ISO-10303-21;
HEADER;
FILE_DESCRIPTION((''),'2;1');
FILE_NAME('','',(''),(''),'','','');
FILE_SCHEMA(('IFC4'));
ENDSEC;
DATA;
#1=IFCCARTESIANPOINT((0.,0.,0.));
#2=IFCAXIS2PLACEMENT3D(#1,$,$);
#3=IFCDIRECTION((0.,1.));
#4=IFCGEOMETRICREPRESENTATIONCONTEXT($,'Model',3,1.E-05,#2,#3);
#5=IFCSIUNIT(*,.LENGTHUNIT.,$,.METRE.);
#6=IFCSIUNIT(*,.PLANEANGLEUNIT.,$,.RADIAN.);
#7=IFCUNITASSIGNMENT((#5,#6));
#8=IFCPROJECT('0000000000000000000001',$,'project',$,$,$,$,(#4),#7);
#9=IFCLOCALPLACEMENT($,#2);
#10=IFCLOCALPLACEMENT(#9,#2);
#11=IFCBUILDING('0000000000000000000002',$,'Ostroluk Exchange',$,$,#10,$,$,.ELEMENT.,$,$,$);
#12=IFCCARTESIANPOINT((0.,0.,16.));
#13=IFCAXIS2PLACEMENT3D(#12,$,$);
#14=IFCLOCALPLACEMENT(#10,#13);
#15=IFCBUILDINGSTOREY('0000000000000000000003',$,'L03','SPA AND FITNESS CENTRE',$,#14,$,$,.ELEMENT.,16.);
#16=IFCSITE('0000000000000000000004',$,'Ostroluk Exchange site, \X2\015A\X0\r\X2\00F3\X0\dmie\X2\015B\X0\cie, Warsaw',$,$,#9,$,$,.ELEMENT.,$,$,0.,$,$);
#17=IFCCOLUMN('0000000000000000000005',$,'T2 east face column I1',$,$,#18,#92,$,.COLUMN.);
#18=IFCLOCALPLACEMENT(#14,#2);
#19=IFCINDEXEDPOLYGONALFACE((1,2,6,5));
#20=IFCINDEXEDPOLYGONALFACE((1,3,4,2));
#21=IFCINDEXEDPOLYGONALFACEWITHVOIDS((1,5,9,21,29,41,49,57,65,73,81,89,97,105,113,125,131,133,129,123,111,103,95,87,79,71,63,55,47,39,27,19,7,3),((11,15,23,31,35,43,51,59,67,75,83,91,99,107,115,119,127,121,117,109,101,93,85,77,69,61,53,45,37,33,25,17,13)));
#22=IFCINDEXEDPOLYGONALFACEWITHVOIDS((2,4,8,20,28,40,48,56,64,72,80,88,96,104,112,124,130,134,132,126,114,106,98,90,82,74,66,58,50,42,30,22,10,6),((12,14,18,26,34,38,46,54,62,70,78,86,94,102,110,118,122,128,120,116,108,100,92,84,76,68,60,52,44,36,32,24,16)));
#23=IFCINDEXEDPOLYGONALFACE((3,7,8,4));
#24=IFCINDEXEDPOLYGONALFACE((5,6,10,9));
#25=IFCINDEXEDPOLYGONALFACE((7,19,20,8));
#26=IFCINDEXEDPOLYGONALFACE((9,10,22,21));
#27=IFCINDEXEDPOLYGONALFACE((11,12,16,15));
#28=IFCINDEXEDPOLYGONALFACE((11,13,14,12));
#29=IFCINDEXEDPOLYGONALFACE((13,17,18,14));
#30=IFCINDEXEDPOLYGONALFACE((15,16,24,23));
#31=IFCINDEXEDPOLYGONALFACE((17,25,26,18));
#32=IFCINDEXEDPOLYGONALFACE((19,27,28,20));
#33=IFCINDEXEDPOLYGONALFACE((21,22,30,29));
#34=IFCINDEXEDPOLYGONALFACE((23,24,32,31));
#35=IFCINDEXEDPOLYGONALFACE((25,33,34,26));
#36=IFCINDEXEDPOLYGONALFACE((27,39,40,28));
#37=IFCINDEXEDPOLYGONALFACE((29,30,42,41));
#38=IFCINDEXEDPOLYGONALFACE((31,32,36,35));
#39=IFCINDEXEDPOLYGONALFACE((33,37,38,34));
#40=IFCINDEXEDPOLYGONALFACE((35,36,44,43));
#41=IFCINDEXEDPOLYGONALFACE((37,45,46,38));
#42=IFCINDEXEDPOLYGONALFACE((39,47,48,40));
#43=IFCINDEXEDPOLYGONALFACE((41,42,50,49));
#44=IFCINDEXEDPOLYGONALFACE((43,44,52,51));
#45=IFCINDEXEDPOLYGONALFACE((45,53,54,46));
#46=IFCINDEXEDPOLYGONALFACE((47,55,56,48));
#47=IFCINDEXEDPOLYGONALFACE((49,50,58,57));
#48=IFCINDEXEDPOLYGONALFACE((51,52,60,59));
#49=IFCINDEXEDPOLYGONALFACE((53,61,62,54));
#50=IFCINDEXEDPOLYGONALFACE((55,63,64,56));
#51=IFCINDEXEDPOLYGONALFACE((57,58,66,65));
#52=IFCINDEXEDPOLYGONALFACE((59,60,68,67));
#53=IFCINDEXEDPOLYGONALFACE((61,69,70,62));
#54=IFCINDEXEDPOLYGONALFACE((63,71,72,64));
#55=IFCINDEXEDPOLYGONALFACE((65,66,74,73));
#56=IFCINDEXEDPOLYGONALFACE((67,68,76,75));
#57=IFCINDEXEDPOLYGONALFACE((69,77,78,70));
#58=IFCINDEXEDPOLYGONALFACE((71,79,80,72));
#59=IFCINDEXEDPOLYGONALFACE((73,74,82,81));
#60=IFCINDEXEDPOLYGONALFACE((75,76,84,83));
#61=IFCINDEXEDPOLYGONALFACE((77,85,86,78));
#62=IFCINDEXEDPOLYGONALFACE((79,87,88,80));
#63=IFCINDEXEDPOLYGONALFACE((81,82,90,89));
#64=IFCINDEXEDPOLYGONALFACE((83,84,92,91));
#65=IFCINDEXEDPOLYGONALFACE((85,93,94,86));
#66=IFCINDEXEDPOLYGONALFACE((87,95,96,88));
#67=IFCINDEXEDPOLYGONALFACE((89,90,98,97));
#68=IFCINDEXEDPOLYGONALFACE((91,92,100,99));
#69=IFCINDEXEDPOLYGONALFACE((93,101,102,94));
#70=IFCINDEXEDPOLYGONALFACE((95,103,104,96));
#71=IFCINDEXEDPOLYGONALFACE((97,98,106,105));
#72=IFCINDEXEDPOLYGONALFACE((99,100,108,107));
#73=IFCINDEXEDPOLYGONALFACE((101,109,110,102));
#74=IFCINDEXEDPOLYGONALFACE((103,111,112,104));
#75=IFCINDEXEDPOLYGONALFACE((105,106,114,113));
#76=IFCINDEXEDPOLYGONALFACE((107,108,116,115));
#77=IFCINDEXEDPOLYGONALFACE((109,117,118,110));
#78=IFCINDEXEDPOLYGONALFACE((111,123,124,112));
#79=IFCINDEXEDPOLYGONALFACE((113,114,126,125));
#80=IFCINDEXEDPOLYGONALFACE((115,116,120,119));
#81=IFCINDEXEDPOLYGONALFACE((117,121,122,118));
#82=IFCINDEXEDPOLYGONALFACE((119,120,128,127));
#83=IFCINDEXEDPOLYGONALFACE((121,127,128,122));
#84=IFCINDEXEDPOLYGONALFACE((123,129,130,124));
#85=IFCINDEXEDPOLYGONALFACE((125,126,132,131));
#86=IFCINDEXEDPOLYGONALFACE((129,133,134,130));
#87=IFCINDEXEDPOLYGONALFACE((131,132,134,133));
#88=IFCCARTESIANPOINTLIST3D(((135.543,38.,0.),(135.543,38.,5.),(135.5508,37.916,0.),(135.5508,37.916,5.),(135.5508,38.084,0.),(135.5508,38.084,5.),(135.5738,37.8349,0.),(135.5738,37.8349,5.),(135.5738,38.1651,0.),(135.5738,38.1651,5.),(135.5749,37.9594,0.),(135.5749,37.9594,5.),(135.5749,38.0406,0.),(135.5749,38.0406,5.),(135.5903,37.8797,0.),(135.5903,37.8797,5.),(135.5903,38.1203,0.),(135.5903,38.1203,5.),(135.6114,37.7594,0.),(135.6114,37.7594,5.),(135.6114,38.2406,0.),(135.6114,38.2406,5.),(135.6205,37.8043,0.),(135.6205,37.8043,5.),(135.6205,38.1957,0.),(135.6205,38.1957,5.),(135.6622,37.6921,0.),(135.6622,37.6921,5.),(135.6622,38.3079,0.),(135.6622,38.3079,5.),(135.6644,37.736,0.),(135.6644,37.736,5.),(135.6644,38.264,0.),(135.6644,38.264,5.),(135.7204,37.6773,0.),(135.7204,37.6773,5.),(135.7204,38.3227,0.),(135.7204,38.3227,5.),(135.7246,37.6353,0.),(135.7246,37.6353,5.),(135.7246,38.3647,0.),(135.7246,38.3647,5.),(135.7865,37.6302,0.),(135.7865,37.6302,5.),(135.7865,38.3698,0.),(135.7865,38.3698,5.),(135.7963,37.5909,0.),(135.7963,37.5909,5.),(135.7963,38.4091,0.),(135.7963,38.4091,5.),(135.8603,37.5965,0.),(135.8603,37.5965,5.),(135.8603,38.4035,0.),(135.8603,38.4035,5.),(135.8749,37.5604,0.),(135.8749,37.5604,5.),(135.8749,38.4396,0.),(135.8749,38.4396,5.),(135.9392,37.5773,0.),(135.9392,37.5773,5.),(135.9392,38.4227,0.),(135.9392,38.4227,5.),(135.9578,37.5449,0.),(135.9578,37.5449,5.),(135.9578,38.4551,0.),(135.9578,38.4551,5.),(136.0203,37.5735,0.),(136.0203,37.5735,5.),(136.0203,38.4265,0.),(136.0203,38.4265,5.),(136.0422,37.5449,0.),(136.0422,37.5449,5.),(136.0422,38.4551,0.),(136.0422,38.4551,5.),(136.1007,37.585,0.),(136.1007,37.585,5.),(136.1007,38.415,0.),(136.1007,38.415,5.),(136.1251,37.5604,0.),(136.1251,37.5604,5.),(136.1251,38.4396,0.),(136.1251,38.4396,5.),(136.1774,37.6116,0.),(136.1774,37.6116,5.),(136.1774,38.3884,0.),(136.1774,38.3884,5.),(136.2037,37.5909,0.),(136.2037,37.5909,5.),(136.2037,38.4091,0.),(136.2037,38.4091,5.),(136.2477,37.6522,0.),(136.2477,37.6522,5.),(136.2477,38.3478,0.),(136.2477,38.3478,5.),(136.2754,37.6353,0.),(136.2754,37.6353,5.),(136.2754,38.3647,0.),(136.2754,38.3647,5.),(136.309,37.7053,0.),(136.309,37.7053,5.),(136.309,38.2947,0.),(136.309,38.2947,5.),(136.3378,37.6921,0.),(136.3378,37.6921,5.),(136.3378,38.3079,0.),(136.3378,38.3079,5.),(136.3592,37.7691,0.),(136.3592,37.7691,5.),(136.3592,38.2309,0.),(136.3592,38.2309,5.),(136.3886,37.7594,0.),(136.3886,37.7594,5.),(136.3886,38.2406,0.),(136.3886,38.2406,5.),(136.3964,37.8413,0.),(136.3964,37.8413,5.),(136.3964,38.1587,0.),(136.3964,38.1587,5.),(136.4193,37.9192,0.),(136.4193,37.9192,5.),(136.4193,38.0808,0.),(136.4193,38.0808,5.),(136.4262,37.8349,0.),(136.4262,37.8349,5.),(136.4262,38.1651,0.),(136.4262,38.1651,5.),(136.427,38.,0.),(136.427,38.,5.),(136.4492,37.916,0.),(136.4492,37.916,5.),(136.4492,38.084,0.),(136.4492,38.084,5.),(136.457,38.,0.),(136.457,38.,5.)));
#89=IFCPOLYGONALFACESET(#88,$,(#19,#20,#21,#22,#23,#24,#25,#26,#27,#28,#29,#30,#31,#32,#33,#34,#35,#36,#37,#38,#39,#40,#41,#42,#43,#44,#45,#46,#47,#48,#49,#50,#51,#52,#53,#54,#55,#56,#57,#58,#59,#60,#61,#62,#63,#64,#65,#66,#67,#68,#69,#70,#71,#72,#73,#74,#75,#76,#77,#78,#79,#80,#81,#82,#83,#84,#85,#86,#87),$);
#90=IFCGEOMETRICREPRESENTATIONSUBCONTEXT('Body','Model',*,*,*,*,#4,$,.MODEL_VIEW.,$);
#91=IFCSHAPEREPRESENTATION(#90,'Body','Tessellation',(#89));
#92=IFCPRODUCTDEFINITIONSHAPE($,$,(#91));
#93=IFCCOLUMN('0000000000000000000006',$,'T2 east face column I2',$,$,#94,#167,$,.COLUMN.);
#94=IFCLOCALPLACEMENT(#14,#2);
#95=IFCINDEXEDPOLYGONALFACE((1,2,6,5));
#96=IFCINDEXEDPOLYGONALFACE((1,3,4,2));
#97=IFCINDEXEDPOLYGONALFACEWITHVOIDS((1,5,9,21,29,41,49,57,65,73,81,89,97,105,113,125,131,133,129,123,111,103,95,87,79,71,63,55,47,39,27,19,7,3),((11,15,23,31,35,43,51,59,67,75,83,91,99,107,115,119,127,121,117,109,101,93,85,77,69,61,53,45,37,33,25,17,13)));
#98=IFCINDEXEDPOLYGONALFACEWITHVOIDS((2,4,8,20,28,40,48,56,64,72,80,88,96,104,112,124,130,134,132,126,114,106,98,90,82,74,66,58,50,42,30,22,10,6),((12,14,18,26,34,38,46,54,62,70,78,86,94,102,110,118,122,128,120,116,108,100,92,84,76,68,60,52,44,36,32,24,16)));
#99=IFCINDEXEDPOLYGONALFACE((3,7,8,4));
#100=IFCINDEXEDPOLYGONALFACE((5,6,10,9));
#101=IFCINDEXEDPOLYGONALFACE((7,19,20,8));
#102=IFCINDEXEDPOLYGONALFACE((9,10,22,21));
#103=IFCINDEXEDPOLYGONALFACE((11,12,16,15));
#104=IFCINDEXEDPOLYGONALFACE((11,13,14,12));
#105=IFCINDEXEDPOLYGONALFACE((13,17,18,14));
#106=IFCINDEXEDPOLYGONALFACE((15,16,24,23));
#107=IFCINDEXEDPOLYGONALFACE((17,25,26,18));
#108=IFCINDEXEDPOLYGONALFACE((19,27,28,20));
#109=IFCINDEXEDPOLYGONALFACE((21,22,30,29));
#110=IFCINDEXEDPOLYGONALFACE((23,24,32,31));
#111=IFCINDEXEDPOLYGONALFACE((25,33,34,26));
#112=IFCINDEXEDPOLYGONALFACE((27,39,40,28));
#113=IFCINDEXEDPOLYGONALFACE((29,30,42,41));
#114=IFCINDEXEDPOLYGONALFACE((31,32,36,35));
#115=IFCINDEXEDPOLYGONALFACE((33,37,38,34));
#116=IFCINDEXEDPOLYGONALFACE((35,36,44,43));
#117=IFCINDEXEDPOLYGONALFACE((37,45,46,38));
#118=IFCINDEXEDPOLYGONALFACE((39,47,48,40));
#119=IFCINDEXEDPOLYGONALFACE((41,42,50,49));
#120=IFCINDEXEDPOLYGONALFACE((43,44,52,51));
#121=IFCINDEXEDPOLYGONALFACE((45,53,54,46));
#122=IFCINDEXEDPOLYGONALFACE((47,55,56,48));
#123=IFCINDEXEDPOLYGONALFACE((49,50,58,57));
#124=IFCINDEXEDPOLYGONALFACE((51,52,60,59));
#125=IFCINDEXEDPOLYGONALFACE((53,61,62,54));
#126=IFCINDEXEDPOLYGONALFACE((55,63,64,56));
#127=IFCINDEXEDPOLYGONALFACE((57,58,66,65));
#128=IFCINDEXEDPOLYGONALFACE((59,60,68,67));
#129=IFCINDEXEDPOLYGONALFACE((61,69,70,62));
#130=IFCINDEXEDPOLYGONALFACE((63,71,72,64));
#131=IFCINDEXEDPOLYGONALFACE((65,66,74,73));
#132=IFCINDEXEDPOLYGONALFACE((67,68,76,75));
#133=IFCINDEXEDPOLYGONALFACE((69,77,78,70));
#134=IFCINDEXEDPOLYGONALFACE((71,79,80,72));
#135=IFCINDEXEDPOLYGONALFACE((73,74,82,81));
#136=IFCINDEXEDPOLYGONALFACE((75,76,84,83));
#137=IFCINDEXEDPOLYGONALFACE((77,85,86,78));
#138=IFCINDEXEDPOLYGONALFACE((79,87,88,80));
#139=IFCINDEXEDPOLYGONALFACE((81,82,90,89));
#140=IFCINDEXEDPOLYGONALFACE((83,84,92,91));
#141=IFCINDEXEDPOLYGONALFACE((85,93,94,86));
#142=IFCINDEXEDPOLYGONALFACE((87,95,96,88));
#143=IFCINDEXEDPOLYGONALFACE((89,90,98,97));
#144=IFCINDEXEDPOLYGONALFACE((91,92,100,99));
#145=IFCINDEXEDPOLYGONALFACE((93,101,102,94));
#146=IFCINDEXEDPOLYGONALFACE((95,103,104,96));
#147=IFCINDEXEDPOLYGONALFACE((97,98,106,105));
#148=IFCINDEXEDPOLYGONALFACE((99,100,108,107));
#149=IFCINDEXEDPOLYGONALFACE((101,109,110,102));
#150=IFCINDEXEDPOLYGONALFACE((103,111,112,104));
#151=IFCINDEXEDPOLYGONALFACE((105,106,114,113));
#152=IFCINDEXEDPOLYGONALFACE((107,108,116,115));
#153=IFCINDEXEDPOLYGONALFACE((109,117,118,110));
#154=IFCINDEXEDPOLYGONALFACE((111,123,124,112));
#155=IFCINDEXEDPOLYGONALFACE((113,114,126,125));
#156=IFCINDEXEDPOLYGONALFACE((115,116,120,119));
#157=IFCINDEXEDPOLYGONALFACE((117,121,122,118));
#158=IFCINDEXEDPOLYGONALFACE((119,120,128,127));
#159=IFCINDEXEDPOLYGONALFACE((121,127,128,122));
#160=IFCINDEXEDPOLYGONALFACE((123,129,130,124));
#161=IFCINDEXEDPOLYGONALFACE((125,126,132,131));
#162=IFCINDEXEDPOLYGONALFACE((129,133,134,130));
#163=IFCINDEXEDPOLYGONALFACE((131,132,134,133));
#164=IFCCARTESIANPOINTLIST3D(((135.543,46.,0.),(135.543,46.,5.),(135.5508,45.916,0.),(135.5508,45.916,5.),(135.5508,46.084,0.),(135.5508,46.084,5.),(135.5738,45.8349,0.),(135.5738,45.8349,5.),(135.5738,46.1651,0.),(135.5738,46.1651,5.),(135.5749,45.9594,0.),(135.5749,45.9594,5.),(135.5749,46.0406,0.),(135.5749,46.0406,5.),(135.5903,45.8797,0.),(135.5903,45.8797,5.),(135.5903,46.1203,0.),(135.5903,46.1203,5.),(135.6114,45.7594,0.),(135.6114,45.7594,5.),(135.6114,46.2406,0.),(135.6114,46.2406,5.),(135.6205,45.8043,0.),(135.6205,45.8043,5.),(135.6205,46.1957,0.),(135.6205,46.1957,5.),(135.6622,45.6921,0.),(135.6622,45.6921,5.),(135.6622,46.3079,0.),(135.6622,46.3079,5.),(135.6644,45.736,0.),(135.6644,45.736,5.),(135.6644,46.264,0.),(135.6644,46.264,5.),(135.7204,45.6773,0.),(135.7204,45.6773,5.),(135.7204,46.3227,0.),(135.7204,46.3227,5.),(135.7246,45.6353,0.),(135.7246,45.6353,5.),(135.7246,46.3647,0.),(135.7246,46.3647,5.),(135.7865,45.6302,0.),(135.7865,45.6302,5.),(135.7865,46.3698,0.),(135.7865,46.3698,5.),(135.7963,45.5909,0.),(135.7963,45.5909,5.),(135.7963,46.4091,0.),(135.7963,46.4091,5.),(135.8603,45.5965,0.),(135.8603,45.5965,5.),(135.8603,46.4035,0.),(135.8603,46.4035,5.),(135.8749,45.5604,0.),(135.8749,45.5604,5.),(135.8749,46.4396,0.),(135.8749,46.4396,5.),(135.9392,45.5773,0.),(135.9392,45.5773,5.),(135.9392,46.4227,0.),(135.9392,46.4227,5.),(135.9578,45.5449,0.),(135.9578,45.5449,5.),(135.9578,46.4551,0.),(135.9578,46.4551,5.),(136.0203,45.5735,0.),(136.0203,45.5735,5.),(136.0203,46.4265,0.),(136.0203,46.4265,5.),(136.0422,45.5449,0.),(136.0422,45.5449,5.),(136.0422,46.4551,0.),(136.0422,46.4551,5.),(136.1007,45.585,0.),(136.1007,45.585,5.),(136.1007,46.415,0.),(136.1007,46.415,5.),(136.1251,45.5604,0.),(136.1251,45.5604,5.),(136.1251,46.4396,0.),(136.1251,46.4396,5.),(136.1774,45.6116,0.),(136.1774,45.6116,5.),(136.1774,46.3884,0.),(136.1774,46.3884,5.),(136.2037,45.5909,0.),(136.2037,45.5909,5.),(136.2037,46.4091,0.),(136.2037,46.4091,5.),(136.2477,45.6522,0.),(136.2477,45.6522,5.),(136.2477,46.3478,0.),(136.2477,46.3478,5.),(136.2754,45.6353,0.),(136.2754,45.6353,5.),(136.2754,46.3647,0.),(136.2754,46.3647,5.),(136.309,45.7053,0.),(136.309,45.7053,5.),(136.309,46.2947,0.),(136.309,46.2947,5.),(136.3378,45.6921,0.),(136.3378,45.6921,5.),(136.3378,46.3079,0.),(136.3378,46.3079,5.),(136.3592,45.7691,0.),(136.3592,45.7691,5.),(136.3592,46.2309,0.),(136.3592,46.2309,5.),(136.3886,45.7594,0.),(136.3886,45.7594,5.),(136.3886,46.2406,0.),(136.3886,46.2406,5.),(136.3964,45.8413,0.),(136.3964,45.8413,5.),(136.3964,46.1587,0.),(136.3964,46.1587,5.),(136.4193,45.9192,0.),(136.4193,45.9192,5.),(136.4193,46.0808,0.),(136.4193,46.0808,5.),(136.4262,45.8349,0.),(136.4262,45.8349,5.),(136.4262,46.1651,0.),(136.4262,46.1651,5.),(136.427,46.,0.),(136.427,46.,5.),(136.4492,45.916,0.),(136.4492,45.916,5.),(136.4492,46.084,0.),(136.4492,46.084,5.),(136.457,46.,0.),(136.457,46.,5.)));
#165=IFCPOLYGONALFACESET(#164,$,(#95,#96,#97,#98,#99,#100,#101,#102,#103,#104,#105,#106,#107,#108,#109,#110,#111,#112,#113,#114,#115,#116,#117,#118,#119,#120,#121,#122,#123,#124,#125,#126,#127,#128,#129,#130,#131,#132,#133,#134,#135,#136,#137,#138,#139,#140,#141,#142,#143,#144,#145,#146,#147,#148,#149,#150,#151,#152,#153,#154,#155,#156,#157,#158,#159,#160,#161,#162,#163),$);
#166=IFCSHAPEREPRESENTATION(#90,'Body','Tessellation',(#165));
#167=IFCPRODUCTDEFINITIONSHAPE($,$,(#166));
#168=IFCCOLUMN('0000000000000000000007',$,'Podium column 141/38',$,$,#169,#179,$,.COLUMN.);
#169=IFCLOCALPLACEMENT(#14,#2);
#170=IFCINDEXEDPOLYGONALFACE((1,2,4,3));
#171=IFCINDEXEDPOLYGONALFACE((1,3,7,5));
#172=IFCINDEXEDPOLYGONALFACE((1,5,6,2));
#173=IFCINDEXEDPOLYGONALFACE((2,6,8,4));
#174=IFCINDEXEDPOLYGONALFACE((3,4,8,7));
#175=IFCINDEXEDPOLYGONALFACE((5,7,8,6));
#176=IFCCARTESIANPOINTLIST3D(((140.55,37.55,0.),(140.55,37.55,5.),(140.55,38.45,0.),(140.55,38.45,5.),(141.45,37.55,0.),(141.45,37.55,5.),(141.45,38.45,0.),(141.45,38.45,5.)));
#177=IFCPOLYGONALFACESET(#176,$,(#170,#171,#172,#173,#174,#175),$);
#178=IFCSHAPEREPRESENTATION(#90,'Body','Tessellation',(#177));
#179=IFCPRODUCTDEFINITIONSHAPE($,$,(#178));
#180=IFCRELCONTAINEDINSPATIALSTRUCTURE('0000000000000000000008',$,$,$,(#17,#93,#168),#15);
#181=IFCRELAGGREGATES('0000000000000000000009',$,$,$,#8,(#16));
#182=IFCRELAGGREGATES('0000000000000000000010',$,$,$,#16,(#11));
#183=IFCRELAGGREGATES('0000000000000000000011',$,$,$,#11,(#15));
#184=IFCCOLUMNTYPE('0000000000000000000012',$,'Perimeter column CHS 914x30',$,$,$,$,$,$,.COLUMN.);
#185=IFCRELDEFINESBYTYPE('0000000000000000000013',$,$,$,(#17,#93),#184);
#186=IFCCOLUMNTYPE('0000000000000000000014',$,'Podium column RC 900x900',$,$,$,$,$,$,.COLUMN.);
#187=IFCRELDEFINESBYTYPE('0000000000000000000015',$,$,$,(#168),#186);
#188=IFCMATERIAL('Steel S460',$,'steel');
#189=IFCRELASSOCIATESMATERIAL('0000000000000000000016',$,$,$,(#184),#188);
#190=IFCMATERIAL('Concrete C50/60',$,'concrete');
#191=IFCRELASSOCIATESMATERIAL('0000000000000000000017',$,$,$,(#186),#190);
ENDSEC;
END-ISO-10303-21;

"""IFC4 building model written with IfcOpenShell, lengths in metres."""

from ifc_helpers import new_model, si_unit, direction, frame, origin, origin_2d, place, context, subcontext, project, spatial, rectangle, hollow_circle, extrude, material, material_profile, profile_set, type_object, element, save


model = new_model("IFC4")

# Units and contexts
model_context = context("Model", 3, precision=1e-05, world=origin(), true_north=direction((0.0, 1.0)))
body_context = subcontext(model_context, "Body", "Model", "MODEL_VIEW")
ifc_project = project(units=[si_unit("LENGTHUNIT", "METRE"), si_unit("PLANEANGLEUNIT", "RADIAN")], contexts=[model_context])

# Site, building, storey
site_placement = place(None, origin())
site = spatial("IfcSite", under=ifc_project, at=site_placement, Name="Ostroluk Exchange site, Śródmieście, Warsaw", CompositionType="ELEMENT", RefElevation=0.0)
building_placement = place(site_placement, origin())
building = spatial("IfcBuilding", under=site, at=building_placement, Name="Ostroluk Exchange", CompositionType="ELEMENT")
storey_placement = place(building_placement, frame((0.0, 0.0, 16.0)))
storey = spatial("IfcBuildingStorey", under=building, at=storey_placement, Name="L03", Description="SPA AND FITNESS CENTRE", CompositionType="ELEMENT", Elevation=16.0)

# Columns
ifc_material_1 = material(Name="Steel S460", Category="steel")
ifc_material_profile_1 = material_profile(ifc_material_1, hollow_circle(Radius=0.457, WallThickness=0.03, at=origin_2d()), Name="CHS 914x30")
ifc_profile_set_1 = profile_set([ifc_material_profile_1], Name="Steel S460")
column_type_1 = type_object("IfcColumnType", Name="Perimeter column CHS 914x30", PredefinedType="COLUMN", material=ifc_profile_set_1)
for number, where, z_axis, x_axis, name in (
    (1, (136.0, 38.0, 0.0), (0.0, 0.0, 1.0), (1.0, 0.0, 0.0), "T2 east face column I1"),
    (2, (136.0, 46.0, 0.0), (0.0, 0.0, 1.0), (1.0, 0.0, 0.0), "T2 east face column I2"),
):
    element("IfcColumn", number, at=place(storey_placement, frame(where, z_axis=z_axis, x_axis=x_axis)), inside=storey, type_object=column_type_1, Name=name, PredefinedType="COLUMN", context=body_context, shape_type="SweptSolid", body=[
        extrude(hollow_circle(Radius=0.457, WallThickness=0.03, at=origin_2d()), origin(), (0.0, 0.0, 1.0), 5.0),
    ])
ifc_material_2 = material(Name="Concrete C50/60", Category="concrete")
ifc_material_profile_2 = material_profile(ifc_material_2, rectangle(XDim=0.8999, YDim=0.8999, at=origin_2d()), Name="RC 900x900")
ifc_profile_set_2 = profile_set([ifc_material_profile_2], Name="Concrete C50/60")
column_type_2 = type_object("IfcColumnType", Name="Podium column RC 900x900", PredefinedType="COLUMN", material=ifc_profile_set_2)
column_placement = place(storey_placement, frame((141.0, 38.0, 0.0), z_axis=(0.0, 0.0, 1.0), x_axis=(1.0, 0.0, 0.0)))
element("IfcColumn", 3, at=column_placement, inside=storey, type_object=column_type_2, Name="Podium column 141/38", PredefinedType="COLUMN", context=body_context, shape_type="SweptSolid", body=[
    extrude(rectangle(XDim=0.8999, YDim=0.8999, at=origin_2d()), origin(), (0.0, 0.0, 1.0), 5.0),
])

save(model, "model.ifc")
